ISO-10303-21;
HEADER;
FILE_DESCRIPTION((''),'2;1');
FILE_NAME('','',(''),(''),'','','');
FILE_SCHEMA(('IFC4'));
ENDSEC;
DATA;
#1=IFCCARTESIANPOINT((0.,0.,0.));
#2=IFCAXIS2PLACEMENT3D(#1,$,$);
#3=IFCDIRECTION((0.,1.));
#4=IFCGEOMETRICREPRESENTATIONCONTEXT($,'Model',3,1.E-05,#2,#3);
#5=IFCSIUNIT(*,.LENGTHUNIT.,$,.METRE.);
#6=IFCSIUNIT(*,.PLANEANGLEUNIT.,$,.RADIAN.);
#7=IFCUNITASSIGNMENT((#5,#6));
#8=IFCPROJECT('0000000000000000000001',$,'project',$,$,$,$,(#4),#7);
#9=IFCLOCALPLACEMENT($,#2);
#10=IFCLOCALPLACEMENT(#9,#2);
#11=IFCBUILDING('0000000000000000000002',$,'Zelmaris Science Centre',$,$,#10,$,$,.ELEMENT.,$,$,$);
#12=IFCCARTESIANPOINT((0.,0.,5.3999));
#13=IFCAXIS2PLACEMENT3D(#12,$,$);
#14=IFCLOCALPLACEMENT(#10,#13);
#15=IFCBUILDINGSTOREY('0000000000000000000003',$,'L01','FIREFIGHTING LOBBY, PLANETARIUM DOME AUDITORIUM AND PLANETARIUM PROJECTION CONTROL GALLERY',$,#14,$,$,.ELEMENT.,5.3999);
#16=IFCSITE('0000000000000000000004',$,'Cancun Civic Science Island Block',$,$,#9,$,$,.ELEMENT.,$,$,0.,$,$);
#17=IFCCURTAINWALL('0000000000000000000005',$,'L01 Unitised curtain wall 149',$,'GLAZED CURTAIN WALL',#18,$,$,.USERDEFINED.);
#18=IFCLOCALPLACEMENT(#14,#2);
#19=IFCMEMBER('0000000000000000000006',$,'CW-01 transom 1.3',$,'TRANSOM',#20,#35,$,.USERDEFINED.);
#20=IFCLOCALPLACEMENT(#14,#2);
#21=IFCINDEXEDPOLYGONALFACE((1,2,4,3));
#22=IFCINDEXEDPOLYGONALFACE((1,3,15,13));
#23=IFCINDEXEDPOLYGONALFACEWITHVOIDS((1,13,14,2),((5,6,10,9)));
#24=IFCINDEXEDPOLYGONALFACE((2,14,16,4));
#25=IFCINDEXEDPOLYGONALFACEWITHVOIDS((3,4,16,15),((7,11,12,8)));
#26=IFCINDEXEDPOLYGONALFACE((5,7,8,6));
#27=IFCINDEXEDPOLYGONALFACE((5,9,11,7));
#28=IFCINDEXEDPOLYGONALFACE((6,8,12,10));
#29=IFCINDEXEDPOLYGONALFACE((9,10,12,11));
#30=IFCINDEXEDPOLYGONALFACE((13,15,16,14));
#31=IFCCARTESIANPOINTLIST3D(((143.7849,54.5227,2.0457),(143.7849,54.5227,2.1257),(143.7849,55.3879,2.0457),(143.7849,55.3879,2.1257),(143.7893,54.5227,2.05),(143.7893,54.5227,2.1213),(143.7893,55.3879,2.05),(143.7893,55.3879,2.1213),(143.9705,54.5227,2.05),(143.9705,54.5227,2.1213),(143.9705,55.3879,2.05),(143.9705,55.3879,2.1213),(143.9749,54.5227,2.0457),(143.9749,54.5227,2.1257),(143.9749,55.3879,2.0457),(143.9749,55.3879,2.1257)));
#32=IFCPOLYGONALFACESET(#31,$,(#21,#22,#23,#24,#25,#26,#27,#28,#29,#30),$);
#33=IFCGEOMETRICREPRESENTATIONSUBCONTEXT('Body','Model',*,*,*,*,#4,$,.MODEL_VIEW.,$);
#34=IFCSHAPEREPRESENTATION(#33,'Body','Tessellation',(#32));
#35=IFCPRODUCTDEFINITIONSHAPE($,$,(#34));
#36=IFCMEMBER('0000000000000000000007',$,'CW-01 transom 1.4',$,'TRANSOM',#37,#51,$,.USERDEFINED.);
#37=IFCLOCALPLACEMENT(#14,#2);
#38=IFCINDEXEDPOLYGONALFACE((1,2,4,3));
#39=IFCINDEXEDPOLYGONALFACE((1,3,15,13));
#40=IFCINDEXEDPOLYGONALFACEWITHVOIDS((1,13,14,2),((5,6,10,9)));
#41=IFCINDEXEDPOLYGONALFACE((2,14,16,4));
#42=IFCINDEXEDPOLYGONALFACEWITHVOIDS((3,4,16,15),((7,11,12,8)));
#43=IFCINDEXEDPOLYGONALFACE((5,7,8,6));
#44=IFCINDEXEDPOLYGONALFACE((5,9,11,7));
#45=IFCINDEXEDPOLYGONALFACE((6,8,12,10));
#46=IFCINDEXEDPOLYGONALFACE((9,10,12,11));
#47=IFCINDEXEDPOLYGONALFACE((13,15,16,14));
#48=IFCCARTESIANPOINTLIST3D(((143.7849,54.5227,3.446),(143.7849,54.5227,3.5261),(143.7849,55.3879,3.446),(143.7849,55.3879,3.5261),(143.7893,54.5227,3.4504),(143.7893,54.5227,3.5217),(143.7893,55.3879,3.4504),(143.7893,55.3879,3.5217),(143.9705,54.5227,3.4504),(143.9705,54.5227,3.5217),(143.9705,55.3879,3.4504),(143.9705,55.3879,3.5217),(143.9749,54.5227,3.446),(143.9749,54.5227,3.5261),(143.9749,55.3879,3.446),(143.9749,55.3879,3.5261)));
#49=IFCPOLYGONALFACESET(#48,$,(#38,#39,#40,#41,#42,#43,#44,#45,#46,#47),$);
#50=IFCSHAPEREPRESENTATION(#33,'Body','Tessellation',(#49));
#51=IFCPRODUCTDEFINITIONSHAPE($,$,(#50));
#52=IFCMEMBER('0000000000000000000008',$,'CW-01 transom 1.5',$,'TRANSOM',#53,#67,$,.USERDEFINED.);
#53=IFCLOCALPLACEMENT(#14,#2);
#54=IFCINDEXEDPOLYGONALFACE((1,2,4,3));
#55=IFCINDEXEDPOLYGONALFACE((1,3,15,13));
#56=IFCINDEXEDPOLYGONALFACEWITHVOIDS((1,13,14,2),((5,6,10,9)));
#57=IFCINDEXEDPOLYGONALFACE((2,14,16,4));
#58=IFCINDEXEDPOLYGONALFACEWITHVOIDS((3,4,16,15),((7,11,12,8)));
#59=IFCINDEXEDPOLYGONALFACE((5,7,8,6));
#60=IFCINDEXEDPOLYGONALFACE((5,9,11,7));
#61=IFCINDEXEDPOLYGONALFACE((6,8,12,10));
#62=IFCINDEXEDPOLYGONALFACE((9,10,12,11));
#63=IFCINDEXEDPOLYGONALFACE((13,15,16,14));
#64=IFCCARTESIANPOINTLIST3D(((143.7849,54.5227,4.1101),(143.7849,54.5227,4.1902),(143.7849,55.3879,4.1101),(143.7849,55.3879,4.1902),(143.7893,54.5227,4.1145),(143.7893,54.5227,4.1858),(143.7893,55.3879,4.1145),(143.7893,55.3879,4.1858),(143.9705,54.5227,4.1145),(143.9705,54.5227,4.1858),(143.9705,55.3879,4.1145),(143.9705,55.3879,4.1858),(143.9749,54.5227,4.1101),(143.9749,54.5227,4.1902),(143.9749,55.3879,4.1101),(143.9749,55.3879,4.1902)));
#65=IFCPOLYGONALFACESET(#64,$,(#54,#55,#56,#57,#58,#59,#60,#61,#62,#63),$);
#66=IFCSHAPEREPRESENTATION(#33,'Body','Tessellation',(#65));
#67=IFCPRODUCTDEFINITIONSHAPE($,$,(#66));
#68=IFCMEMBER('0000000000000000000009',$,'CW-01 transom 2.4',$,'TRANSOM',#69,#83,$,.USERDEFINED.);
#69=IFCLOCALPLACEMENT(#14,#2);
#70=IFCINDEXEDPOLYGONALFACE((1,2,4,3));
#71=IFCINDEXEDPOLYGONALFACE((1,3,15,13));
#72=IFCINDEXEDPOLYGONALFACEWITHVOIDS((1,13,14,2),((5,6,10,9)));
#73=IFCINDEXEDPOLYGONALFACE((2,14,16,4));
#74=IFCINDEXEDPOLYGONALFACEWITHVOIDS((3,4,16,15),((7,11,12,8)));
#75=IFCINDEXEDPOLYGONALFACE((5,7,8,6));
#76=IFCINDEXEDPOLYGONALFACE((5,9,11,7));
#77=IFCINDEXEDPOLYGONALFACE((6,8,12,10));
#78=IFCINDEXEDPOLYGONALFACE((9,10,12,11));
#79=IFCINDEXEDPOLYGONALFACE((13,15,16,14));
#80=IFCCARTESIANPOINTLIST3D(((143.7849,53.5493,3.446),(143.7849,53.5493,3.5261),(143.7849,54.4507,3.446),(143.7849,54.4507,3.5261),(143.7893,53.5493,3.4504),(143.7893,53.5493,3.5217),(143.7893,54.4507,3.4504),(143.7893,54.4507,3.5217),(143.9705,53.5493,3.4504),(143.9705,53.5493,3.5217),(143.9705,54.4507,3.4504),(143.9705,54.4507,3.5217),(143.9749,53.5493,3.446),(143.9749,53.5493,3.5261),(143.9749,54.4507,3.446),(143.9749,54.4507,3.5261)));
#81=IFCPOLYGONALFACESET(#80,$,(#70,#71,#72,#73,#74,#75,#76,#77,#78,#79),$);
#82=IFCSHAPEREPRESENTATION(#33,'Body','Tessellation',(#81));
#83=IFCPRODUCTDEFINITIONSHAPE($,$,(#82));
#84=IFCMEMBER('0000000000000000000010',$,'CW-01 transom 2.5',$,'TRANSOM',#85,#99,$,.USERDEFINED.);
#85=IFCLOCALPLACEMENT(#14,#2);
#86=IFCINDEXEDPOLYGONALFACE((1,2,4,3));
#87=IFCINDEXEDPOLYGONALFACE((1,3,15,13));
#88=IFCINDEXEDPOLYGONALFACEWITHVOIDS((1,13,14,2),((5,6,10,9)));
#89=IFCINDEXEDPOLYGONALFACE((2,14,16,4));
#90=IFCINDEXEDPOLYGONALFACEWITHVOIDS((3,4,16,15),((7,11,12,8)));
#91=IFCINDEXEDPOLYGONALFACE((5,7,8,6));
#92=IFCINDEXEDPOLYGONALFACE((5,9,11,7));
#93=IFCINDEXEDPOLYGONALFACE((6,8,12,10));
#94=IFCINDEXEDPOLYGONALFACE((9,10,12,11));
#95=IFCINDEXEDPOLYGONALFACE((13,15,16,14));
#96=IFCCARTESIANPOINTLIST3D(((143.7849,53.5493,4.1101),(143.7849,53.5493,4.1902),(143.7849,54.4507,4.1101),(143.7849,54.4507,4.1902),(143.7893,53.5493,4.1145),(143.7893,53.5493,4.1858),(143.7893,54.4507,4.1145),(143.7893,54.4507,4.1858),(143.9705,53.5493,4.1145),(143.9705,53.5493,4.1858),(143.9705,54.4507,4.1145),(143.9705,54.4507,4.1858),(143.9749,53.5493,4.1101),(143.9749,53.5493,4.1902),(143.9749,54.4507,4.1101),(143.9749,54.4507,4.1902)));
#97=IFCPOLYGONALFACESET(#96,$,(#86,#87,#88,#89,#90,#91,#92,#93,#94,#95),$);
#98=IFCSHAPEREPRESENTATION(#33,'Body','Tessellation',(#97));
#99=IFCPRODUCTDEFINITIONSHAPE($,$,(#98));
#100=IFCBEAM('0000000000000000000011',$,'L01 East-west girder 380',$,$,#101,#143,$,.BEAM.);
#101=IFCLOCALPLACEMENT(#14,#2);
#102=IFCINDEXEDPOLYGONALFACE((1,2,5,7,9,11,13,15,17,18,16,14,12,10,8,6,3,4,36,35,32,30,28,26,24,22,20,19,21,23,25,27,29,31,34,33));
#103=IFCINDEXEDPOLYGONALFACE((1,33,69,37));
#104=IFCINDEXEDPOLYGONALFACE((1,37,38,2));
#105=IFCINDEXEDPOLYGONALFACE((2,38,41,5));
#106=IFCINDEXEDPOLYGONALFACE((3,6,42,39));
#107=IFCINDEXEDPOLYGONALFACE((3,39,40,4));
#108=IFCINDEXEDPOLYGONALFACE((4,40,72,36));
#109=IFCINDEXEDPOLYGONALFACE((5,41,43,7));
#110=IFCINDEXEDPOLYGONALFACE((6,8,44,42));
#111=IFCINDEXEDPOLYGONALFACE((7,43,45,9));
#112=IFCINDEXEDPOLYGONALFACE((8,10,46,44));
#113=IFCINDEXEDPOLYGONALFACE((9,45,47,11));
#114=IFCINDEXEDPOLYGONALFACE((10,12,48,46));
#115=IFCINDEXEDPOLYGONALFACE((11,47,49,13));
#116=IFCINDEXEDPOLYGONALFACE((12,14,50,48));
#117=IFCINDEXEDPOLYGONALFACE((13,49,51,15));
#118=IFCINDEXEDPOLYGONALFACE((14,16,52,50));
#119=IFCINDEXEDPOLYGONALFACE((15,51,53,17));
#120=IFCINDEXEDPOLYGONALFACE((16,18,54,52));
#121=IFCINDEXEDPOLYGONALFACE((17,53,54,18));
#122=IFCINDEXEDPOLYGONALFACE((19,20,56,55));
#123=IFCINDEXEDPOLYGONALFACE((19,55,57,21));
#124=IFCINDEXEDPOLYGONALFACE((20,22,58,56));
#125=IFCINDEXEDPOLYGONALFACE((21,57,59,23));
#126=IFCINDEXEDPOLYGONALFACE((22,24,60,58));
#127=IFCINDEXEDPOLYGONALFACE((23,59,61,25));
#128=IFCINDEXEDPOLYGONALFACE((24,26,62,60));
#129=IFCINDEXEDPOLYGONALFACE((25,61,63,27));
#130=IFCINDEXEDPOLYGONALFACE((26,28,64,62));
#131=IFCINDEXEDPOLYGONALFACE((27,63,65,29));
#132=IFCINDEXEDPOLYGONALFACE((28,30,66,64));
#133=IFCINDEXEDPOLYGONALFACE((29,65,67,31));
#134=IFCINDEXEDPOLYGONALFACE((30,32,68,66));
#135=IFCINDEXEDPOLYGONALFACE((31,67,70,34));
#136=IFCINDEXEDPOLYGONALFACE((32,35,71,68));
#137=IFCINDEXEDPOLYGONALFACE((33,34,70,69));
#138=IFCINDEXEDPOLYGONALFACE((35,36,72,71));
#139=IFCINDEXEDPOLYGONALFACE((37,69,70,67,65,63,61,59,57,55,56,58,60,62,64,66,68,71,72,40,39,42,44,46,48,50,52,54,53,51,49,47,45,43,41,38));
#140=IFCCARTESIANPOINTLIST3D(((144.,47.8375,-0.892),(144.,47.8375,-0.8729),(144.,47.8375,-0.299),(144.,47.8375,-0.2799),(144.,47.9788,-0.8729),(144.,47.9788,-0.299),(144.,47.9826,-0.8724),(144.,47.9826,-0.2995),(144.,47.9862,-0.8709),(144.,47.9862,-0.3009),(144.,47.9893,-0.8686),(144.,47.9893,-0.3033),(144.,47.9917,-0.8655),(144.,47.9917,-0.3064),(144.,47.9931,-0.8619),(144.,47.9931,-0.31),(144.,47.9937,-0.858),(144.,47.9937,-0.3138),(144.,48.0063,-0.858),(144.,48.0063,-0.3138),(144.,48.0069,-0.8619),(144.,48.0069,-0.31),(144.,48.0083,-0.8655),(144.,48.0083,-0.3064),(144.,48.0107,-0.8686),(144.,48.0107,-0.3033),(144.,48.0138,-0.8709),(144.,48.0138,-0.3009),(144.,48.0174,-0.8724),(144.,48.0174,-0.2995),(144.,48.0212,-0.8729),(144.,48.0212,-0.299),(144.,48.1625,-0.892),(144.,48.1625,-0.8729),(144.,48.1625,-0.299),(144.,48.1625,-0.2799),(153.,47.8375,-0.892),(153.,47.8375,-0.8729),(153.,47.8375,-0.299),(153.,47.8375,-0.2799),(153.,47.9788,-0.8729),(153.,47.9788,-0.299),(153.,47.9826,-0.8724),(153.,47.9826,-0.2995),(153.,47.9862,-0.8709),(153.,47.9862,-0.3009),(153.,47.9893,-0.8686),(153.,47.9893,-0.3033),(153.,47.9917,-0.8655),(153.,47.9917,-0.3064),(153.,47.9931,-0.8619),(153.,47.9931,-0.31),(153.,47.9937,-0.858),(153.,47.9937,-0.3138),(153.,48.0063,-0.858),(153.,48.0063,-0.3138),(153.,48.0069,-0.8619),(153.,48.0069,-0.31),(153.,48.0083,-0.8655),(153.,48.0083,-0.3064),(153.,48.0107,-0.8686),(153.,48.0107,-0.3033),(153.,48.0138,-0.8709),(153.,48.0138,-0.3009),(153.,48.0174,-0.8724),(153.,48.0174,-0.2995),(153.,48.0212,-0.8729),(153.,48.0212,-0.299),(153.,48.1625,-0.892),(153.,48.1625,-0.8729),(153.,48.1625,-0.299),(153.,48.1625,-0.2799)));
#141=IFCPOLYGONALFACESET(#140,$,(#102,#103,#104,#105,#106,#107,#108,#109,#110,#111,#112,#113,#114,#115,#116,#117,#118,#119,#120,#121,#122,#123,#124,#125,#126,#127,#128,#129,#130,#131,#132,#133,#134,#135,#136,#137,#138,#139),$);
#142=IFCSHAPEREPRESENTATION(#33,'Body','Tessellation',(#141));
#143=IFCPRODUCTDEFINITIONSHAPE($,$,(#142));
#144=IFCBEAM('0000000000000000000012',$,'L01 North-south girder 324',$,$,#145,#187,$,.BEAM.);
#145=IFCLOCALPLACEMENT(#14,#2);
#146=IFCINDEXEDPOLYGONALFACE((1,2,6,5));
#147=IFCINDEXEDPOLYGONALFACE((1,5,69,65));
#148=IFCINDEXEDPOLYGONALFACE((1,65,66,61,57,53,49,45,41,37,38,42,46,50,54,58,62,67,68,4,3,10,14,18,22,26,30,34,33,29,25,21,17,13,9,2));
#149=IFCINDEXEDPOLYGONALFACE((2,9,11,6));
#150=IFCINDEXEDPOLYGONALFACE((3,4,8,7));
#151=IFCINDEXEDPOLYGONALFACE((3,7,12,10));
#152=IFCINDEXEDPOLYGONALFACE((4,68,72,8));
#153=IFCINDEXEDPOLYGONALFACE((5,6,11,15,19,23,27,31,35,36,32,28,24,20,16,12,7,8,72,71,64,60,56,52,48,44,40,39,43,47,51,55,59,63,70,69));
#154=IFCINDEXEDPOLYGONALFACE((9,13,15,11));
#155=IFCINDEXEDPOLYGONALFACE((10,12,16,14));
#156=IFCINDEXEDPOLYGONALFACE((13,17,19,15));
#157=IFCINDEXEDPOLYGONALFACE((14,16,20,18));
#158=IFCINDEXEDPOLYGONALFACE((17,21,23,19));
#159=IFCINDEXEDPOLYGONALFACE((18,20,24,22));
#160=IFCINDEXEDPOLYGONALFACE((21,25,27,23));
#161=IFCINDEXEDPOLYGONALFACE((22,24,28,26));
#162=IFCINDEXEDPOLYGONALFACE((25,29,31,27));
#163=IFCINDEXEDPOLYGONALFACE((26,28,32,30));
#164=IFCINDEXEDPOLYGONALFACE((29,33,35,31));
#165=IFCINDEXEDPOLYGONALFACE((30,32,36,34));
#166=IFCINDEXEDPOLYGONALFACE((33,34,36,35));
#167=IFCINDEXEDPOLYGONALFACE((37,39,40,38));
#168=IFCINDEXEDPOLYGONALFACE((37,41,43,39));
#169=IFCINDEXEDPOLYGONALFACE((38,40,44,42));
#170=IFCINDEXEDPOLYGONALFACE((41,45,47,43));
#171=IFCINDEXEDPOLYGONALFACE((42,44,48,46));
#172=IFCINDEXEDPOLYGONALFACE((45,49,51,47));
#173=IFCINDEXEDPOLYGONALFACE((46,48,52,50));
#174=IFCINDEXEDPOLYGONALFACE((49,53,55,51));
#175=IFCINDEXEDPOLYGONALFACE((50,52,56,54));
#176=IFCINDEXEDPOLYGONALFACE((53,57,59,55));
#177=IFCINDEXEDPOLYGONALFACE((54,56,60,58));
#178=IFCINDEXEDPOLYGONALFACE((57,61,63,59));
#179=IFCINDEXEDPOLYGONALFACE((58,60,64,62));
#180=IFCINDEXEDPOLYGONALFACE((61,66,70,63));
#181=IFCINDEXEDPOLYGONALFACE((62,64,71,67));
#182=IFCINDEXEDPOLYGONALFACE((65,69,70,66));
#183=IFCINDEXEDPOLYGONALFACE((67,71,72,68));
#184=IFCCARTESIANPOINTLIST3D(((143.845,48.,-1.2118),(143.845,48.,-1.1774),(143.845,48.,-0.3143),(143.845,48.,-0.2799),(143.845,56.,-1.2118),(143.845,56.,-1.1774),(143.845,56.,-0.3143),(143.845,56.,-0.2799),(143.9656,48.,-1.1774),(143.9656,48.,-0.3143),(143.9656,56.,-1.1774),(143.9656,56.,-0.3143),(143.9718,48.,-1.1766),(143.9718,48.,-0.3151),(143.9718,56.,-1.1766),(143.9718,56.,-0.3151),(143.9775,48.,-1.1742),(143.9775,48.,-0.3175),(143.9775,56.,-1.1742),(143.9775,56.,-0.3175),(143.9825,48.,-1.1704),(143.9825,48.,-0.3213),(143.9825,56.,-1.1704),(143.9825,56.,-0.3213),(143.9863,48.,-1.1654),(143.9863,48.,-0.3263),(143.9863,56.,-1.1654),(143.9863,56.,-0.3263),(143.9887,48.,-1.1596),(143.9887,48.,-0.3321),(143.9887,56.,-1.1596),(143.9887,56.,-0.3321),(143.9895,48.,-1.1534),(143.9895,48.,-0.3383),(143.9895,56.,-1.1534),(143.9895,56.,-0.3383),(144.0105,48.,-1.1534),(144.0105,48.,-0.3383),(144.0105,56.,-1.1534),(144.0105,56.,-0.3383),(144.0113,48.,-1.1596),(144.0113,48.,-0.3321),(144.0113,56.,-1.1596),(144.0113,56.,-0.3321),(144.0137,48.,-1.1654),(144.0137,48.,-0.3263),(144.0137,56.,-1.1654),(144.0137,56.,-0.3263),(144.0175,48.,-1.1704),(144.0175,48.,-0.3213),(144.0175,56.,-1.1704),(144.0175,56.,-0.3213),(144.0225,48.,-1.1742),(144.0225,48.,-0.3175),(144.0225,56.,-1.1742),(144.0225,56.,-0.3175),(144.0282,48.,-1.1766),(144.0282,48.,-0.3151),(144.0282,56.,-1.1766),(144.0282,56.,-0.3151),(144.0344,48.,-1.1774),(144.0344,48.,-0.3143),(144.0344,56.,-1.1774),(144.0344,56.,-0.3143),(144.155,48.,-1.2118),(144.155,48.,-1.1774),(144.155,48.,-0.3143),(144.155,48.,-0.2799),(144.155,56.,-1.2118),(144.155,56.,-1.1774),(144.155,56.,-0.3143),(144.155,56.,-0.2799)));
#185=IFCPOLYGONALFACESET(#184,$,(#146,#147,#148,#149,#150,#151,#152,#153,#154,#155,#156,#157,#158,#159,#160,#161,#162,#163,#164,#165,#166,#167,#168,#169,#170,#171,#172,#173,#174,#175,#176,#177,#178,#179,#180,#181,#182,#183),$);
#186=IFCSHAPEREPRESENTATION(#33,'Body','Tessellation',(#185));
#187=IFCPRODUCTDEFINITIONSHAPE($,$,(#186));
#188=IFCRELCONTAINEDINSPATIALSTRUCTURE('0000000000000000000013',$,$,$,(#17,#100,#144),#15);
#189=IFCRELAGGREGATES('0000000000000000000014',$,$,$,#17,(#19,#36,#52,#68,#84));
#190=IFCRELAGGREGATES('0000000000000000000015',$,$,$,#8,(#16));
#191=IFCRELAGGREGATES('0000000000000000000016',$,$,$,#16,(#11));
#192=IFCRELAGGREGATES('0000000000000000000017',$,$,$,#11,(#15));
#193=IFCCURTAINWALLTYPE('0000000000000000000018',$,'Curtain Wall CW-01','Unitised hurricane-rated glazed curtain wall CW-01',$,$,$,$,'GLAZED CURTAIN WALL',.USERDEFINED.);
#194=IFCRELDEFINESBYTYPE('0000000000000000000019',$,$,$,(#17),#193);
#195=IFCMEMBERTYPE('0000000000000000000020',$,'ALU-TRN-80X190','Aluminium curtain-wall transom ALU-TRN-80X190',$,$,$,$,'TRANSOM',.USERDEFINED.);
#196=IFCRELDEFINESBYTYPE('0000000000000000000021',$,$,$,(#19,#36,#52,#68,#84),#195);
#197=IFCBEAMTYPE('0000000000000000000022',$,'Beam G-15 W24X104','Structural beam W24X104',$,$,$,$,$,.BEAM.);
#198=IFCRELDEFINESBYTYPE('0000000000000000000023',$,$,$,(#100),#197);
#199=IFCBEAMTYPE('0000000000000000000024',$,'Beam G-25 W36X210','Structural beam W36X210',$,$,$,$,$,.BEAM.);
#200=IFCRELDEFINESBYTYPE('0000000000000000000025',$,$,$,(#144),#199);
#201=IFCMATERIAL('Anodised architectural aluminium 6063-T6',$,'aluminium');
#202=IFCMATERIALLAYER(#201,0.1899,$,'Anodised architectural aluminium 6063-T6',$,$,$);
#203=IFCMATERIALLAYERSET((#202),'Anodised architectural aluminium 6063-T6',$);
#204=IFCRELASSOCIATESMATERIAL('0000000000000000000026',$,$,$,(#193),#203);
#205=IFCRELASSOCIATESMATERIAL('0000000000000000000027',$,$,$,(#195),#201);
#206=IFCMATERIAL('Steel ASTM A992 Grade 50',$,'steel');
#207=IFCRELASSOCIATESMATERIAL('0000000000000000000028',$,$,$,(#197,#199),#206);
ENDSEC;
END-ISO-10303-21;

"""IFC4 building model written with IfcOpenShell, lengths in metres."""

from ifc_helpers import new_model, si_unit, direction, frame, origin, origin_2d, place, context, subcontext, project, spatial, hollow_rectangle, i_section, extrude, material, layer, layer_set, material_profile, profile_set, type_object, element, aggregate, save


model = new_model("IFC4")

# Units and contexts
model_context = context("Model", 3, precision=1e-05, world=origin(), true_north=direction((0.0, 1.0)))
body_context = subcontext(model_context, "Body", "Model", "MODEL_VIEW")
ifc_project = project(units=[si_unit("LENGTHUNIT", "METRE"), si_unit("PLANEANGLEUNIT", "RADIAN")], contexts=[model_context])

# Site, building, storey
site_placement = place(None, origin())
site = spatial("IfcSite", under=ifc_project, at=site_placement, Name="Cancun Civic Science Island Block", CompositionType="ELEMENT", RefElevation=0.0)
building_placement = place(site_placement, origin())
building = spatial("IfcBuilding", under=site, at=building_placement, Name="Zelmaris Science Centre", CompositionType="ELEMENT")
storey_placement = place(building_placement, frame((0.0, 0.0, 5.3999)))
storey = spatial("IfcBuildingStorey", under=building, at=storey_placement, Name="L01", Description="FIREFIGHTING LOBBY, PLANETARIUM DOME AUDITORIUM AND PLANETARIUM PROJECTION CONTROL GALLERY", CompositionType="ELEMENT", Elevation=5.3999)

# Shared definitions
ifc_material_1 = material(Name="Steel ASTM A992 Grade 50", Category="steel")

# Curtain wall, members
ifc_material_2 = material(Name="Anodised architectural aluminium 6063-T6", Category="aluminium")
ifc_layer_1 = layer(ifc_material_2, 0.1899, Name="Anodised architectural aluminium 6063-T6")
ifc_layer_set_1 = layer_set([ifc_layer_1], Name="Anodised architectural aluminium 6063-T6")
curtain_wall_type = type_object("IfcCurtainWallType", Name="Curtain Wall CW-01", Description="Unitised hurricane-rated glazed curtain wall CW-01", ElementType="GLAZED CURTAIN WALL", PredefinedType="USERDEFINED", material=ifc_layer_set_1)
curtain_wall_placement = place(storey_placement, origin())
curtain_wall = element("IfcCurtainWall", 1, at=curtain_wall_placement, inside=storey, type_object=curtain_wall_type, Name="L01 Unitised curtain wall 149", ObjectType="GLAZED CURTAIN WALL", PredefinedType="USERDEFINED")
ifc_material_profile_1 = material_profile(ifc_material_2, hollow_rectangle(XDim=0.0801, YDim=0.1899, WallThickness=0.0044, at=origin_2d()), Name="ALU-TRN-80X190")
ifc_profile_set_1 = profile_set([ifc_material_profile_1], Name="Anodised architectural aluminium 6063-T6")
member_type_1 = type_object("IfcMemberType", Name="ALU-TRN-80X190", Description="Aluminium curtain-wall transom ALU-TRN-80X190", ElementType="TRANSOM", PredefinedType="USERDEFINED", material=ifc_profile_set_1)
member_1_placement = place(storey_placement, frame((143.8799, 55.3879, 2.0857), z_axis=(0.0, -1.0, 0.0), x_axis=(0.0, 0.0, 1.0)))
member_1 = element("IfcMember", 2, at=member_1_placement, type_object=member_type_1, Name="CW-01 transom 1.3", ObjectType="TRANSOM", PredefinedType="USERDEFINED", context=body_context, shape_type="SweptSolid", body=[
    extrude(hollow_rectangle(XDim=0.0801, YDim=0.1899, WallThickness=0.0044, at=origin_2d()), origin(), (0.0, 0.0, 1.0), 0.8652),
])
member_2_placement = place(storey_placement, frame((143.8799, 55.3879, 3.4861), z_axis=(0.0, -1.0, 0.0), x_axis=(0.0, 0.0, 1.0)))
member_2 = element("IfcMember", 3, at=member_2_placement, type_object=member_type_1, Name="CW-01 transom 1.4", ObjectType="TRANSOM", PredefinedType="USERDEFINED", context=body_context, shape_type="SweptSolid", body=[
    extrude(hollow_rectangle(XDim=0.0801, YDim=0.1899, WallThickness=0.0044, at=origin_2d()), origin(), (0.0, 0.0, 1.0), 0.8652),
])
member_3_placement = place(storey_placement, frame((143.8799, 55.3879, 4.1501), z_axis=(0.0, -1.0, 0.0), x_axis=(0.0, 0.0, 1.0)))
member_3 = element("IfcMember", 4, at=member_3_placement, type_object=member_type_1, Name="CW-01 transom 1.5", ObjectType="TRANSOM", PredefinedType="USERDEFINED", context=body_context, shape_type="SweptSolid", body=[
    extrude(hollow_rectangle(XDim=0.0801, YDim=0.1899, WallThickness=0.0044, at=origin_2d()), origin(), (0.0, 0.0, 1.0), 0.8652),
])
member_4_placement = place(storey_placement, frame((143.8799, 54.4507, 3.4861), z_axis=(0.0, -1.0, 0.0), x_axis=(0.0, 0.0, 1.0)))
member_4 = element("IfcMember", 5, at=member_4_placement, type_object=member_type_1, Name="CW-01 transom 2.4", ObjectType="TRANSOM", PredefinedType="USERDEFINED", context=body_context, shape_type="SweptSolid", body=[
    extrude(hollow_rectangle(XDim=0.0801, YDim=0.1899, WallThickness=0.0044, at=origin_2d()), origin(), (0.0, 0.0, 1.0), 0.9014),
])
member_5_placement = place(storey_placement, frame((143.8799, 54.4507, 4.1501), z_axis=(0.0, -1.0, 0.0), x_axis=(0.0, 0.0, 1.0)))
member_5 = element("IfcMember", 6, at=member_5_placement, type_object=member_type_1, Name="CW-01 transom 2.5", ObjectType="TRANSOM", PredefinedType="USERDEFINED", context=body_context, shape_type="SweptSolid", body=[
    extrude(hollow_rectangle(XDim=0.0801, YDim=0.1899, WallThickness=0.0044, at=origin_2d()), origin(), (0.0, 0.0, 1.0), 0.9014),
])

# Beams
ifc_material_profile_2 = material_profile(ifc_material_1, i_section(OverallWidth=0.325, OverallDepth=0.6121, WebThickness=0.0127, FlangeThickness=0.019, FilletRadius=0.0149, at=origin_2d()), Name="W24X104")
ifc_profile_set_2 = profile_set([ifc_material_profile_2], Name="Steel ASTM A992 Grade 50")
beam_type_1 = type_object("IfcBeamType", Name="Beam G-15 W24X104", Description="Structural beam W24X104", PredefinedType="BEAM", material=ifc_profile_set_2)
beam_1_placement = place(storey_placement, frame((144.0, 48.0, -0.5859), z_axis=(1.0, 0.0, 0.0), x_axis=(0.0, 1.0, 0.0)))
element("IfcBeam", 7, at=beam_1_placement, inside=storey, type_object=beam_type_1, Name="L01 East-west girder 380", PredefinedType="BEAM", context=body_context, shape_type="SweptSolid", body=[
    extrude(i_section(OverallWidth=0.325, OverallDepth=0.6121, WebThickness=0.0127, FlangeThickness=0.019, FilletRadius=0.0149, at=origin_2d()), origin(), (0.0, 0.0, 1.0), 9.0),
])
ifc_material_profile_3 = material_profile(ifc_material_1, i_section(OverallWidth=0.3101, OverallDepth=0.9319, WebThickness=0.021, FlangeThickness=0.0344, FilletRadius=0.0239, at=origin_2d()), Name="W36X210")
ifc_profile_set_3 = profile_set([ifc_material_profile_3], Name="Steel ASTM A992 Grade 50")
beam_type_2 = type_object("IfcBeamType", Name="Beam G-25 W36X210", Description="Structural beam W36X210", PredefinedType="BEAM", material=ifc_profile_set_3)
beam_2_placement = place(storey_placement, frame((144.0, 48.0, -0.7458), z_axis=(0.0, 1.0, 0.0), x_axis=(-1.0, 0.0, 0.0)))
element("IfcBeam", 8, at=beam_2_placement, inside=storey, type_object=beam_type_2, Name="L01 North-south girder 324", PredefinedType="BEAM", context=body_context, shape_type="SweptSolid", body=[
    extrude(i_section(OverallWidth=0.3101, OverallDepth=0.9319, WebThickness=0.021, FlangeThickness=0.0344, FilletRadius=0.0239, at=origin_2d()), origin(), (0.0, 0.0, 1.0), 8.0),
])

aggregate(curtain_wall, [member_1, member_2, member_3, member_4, member_5])

save(model, "model.ifc")
